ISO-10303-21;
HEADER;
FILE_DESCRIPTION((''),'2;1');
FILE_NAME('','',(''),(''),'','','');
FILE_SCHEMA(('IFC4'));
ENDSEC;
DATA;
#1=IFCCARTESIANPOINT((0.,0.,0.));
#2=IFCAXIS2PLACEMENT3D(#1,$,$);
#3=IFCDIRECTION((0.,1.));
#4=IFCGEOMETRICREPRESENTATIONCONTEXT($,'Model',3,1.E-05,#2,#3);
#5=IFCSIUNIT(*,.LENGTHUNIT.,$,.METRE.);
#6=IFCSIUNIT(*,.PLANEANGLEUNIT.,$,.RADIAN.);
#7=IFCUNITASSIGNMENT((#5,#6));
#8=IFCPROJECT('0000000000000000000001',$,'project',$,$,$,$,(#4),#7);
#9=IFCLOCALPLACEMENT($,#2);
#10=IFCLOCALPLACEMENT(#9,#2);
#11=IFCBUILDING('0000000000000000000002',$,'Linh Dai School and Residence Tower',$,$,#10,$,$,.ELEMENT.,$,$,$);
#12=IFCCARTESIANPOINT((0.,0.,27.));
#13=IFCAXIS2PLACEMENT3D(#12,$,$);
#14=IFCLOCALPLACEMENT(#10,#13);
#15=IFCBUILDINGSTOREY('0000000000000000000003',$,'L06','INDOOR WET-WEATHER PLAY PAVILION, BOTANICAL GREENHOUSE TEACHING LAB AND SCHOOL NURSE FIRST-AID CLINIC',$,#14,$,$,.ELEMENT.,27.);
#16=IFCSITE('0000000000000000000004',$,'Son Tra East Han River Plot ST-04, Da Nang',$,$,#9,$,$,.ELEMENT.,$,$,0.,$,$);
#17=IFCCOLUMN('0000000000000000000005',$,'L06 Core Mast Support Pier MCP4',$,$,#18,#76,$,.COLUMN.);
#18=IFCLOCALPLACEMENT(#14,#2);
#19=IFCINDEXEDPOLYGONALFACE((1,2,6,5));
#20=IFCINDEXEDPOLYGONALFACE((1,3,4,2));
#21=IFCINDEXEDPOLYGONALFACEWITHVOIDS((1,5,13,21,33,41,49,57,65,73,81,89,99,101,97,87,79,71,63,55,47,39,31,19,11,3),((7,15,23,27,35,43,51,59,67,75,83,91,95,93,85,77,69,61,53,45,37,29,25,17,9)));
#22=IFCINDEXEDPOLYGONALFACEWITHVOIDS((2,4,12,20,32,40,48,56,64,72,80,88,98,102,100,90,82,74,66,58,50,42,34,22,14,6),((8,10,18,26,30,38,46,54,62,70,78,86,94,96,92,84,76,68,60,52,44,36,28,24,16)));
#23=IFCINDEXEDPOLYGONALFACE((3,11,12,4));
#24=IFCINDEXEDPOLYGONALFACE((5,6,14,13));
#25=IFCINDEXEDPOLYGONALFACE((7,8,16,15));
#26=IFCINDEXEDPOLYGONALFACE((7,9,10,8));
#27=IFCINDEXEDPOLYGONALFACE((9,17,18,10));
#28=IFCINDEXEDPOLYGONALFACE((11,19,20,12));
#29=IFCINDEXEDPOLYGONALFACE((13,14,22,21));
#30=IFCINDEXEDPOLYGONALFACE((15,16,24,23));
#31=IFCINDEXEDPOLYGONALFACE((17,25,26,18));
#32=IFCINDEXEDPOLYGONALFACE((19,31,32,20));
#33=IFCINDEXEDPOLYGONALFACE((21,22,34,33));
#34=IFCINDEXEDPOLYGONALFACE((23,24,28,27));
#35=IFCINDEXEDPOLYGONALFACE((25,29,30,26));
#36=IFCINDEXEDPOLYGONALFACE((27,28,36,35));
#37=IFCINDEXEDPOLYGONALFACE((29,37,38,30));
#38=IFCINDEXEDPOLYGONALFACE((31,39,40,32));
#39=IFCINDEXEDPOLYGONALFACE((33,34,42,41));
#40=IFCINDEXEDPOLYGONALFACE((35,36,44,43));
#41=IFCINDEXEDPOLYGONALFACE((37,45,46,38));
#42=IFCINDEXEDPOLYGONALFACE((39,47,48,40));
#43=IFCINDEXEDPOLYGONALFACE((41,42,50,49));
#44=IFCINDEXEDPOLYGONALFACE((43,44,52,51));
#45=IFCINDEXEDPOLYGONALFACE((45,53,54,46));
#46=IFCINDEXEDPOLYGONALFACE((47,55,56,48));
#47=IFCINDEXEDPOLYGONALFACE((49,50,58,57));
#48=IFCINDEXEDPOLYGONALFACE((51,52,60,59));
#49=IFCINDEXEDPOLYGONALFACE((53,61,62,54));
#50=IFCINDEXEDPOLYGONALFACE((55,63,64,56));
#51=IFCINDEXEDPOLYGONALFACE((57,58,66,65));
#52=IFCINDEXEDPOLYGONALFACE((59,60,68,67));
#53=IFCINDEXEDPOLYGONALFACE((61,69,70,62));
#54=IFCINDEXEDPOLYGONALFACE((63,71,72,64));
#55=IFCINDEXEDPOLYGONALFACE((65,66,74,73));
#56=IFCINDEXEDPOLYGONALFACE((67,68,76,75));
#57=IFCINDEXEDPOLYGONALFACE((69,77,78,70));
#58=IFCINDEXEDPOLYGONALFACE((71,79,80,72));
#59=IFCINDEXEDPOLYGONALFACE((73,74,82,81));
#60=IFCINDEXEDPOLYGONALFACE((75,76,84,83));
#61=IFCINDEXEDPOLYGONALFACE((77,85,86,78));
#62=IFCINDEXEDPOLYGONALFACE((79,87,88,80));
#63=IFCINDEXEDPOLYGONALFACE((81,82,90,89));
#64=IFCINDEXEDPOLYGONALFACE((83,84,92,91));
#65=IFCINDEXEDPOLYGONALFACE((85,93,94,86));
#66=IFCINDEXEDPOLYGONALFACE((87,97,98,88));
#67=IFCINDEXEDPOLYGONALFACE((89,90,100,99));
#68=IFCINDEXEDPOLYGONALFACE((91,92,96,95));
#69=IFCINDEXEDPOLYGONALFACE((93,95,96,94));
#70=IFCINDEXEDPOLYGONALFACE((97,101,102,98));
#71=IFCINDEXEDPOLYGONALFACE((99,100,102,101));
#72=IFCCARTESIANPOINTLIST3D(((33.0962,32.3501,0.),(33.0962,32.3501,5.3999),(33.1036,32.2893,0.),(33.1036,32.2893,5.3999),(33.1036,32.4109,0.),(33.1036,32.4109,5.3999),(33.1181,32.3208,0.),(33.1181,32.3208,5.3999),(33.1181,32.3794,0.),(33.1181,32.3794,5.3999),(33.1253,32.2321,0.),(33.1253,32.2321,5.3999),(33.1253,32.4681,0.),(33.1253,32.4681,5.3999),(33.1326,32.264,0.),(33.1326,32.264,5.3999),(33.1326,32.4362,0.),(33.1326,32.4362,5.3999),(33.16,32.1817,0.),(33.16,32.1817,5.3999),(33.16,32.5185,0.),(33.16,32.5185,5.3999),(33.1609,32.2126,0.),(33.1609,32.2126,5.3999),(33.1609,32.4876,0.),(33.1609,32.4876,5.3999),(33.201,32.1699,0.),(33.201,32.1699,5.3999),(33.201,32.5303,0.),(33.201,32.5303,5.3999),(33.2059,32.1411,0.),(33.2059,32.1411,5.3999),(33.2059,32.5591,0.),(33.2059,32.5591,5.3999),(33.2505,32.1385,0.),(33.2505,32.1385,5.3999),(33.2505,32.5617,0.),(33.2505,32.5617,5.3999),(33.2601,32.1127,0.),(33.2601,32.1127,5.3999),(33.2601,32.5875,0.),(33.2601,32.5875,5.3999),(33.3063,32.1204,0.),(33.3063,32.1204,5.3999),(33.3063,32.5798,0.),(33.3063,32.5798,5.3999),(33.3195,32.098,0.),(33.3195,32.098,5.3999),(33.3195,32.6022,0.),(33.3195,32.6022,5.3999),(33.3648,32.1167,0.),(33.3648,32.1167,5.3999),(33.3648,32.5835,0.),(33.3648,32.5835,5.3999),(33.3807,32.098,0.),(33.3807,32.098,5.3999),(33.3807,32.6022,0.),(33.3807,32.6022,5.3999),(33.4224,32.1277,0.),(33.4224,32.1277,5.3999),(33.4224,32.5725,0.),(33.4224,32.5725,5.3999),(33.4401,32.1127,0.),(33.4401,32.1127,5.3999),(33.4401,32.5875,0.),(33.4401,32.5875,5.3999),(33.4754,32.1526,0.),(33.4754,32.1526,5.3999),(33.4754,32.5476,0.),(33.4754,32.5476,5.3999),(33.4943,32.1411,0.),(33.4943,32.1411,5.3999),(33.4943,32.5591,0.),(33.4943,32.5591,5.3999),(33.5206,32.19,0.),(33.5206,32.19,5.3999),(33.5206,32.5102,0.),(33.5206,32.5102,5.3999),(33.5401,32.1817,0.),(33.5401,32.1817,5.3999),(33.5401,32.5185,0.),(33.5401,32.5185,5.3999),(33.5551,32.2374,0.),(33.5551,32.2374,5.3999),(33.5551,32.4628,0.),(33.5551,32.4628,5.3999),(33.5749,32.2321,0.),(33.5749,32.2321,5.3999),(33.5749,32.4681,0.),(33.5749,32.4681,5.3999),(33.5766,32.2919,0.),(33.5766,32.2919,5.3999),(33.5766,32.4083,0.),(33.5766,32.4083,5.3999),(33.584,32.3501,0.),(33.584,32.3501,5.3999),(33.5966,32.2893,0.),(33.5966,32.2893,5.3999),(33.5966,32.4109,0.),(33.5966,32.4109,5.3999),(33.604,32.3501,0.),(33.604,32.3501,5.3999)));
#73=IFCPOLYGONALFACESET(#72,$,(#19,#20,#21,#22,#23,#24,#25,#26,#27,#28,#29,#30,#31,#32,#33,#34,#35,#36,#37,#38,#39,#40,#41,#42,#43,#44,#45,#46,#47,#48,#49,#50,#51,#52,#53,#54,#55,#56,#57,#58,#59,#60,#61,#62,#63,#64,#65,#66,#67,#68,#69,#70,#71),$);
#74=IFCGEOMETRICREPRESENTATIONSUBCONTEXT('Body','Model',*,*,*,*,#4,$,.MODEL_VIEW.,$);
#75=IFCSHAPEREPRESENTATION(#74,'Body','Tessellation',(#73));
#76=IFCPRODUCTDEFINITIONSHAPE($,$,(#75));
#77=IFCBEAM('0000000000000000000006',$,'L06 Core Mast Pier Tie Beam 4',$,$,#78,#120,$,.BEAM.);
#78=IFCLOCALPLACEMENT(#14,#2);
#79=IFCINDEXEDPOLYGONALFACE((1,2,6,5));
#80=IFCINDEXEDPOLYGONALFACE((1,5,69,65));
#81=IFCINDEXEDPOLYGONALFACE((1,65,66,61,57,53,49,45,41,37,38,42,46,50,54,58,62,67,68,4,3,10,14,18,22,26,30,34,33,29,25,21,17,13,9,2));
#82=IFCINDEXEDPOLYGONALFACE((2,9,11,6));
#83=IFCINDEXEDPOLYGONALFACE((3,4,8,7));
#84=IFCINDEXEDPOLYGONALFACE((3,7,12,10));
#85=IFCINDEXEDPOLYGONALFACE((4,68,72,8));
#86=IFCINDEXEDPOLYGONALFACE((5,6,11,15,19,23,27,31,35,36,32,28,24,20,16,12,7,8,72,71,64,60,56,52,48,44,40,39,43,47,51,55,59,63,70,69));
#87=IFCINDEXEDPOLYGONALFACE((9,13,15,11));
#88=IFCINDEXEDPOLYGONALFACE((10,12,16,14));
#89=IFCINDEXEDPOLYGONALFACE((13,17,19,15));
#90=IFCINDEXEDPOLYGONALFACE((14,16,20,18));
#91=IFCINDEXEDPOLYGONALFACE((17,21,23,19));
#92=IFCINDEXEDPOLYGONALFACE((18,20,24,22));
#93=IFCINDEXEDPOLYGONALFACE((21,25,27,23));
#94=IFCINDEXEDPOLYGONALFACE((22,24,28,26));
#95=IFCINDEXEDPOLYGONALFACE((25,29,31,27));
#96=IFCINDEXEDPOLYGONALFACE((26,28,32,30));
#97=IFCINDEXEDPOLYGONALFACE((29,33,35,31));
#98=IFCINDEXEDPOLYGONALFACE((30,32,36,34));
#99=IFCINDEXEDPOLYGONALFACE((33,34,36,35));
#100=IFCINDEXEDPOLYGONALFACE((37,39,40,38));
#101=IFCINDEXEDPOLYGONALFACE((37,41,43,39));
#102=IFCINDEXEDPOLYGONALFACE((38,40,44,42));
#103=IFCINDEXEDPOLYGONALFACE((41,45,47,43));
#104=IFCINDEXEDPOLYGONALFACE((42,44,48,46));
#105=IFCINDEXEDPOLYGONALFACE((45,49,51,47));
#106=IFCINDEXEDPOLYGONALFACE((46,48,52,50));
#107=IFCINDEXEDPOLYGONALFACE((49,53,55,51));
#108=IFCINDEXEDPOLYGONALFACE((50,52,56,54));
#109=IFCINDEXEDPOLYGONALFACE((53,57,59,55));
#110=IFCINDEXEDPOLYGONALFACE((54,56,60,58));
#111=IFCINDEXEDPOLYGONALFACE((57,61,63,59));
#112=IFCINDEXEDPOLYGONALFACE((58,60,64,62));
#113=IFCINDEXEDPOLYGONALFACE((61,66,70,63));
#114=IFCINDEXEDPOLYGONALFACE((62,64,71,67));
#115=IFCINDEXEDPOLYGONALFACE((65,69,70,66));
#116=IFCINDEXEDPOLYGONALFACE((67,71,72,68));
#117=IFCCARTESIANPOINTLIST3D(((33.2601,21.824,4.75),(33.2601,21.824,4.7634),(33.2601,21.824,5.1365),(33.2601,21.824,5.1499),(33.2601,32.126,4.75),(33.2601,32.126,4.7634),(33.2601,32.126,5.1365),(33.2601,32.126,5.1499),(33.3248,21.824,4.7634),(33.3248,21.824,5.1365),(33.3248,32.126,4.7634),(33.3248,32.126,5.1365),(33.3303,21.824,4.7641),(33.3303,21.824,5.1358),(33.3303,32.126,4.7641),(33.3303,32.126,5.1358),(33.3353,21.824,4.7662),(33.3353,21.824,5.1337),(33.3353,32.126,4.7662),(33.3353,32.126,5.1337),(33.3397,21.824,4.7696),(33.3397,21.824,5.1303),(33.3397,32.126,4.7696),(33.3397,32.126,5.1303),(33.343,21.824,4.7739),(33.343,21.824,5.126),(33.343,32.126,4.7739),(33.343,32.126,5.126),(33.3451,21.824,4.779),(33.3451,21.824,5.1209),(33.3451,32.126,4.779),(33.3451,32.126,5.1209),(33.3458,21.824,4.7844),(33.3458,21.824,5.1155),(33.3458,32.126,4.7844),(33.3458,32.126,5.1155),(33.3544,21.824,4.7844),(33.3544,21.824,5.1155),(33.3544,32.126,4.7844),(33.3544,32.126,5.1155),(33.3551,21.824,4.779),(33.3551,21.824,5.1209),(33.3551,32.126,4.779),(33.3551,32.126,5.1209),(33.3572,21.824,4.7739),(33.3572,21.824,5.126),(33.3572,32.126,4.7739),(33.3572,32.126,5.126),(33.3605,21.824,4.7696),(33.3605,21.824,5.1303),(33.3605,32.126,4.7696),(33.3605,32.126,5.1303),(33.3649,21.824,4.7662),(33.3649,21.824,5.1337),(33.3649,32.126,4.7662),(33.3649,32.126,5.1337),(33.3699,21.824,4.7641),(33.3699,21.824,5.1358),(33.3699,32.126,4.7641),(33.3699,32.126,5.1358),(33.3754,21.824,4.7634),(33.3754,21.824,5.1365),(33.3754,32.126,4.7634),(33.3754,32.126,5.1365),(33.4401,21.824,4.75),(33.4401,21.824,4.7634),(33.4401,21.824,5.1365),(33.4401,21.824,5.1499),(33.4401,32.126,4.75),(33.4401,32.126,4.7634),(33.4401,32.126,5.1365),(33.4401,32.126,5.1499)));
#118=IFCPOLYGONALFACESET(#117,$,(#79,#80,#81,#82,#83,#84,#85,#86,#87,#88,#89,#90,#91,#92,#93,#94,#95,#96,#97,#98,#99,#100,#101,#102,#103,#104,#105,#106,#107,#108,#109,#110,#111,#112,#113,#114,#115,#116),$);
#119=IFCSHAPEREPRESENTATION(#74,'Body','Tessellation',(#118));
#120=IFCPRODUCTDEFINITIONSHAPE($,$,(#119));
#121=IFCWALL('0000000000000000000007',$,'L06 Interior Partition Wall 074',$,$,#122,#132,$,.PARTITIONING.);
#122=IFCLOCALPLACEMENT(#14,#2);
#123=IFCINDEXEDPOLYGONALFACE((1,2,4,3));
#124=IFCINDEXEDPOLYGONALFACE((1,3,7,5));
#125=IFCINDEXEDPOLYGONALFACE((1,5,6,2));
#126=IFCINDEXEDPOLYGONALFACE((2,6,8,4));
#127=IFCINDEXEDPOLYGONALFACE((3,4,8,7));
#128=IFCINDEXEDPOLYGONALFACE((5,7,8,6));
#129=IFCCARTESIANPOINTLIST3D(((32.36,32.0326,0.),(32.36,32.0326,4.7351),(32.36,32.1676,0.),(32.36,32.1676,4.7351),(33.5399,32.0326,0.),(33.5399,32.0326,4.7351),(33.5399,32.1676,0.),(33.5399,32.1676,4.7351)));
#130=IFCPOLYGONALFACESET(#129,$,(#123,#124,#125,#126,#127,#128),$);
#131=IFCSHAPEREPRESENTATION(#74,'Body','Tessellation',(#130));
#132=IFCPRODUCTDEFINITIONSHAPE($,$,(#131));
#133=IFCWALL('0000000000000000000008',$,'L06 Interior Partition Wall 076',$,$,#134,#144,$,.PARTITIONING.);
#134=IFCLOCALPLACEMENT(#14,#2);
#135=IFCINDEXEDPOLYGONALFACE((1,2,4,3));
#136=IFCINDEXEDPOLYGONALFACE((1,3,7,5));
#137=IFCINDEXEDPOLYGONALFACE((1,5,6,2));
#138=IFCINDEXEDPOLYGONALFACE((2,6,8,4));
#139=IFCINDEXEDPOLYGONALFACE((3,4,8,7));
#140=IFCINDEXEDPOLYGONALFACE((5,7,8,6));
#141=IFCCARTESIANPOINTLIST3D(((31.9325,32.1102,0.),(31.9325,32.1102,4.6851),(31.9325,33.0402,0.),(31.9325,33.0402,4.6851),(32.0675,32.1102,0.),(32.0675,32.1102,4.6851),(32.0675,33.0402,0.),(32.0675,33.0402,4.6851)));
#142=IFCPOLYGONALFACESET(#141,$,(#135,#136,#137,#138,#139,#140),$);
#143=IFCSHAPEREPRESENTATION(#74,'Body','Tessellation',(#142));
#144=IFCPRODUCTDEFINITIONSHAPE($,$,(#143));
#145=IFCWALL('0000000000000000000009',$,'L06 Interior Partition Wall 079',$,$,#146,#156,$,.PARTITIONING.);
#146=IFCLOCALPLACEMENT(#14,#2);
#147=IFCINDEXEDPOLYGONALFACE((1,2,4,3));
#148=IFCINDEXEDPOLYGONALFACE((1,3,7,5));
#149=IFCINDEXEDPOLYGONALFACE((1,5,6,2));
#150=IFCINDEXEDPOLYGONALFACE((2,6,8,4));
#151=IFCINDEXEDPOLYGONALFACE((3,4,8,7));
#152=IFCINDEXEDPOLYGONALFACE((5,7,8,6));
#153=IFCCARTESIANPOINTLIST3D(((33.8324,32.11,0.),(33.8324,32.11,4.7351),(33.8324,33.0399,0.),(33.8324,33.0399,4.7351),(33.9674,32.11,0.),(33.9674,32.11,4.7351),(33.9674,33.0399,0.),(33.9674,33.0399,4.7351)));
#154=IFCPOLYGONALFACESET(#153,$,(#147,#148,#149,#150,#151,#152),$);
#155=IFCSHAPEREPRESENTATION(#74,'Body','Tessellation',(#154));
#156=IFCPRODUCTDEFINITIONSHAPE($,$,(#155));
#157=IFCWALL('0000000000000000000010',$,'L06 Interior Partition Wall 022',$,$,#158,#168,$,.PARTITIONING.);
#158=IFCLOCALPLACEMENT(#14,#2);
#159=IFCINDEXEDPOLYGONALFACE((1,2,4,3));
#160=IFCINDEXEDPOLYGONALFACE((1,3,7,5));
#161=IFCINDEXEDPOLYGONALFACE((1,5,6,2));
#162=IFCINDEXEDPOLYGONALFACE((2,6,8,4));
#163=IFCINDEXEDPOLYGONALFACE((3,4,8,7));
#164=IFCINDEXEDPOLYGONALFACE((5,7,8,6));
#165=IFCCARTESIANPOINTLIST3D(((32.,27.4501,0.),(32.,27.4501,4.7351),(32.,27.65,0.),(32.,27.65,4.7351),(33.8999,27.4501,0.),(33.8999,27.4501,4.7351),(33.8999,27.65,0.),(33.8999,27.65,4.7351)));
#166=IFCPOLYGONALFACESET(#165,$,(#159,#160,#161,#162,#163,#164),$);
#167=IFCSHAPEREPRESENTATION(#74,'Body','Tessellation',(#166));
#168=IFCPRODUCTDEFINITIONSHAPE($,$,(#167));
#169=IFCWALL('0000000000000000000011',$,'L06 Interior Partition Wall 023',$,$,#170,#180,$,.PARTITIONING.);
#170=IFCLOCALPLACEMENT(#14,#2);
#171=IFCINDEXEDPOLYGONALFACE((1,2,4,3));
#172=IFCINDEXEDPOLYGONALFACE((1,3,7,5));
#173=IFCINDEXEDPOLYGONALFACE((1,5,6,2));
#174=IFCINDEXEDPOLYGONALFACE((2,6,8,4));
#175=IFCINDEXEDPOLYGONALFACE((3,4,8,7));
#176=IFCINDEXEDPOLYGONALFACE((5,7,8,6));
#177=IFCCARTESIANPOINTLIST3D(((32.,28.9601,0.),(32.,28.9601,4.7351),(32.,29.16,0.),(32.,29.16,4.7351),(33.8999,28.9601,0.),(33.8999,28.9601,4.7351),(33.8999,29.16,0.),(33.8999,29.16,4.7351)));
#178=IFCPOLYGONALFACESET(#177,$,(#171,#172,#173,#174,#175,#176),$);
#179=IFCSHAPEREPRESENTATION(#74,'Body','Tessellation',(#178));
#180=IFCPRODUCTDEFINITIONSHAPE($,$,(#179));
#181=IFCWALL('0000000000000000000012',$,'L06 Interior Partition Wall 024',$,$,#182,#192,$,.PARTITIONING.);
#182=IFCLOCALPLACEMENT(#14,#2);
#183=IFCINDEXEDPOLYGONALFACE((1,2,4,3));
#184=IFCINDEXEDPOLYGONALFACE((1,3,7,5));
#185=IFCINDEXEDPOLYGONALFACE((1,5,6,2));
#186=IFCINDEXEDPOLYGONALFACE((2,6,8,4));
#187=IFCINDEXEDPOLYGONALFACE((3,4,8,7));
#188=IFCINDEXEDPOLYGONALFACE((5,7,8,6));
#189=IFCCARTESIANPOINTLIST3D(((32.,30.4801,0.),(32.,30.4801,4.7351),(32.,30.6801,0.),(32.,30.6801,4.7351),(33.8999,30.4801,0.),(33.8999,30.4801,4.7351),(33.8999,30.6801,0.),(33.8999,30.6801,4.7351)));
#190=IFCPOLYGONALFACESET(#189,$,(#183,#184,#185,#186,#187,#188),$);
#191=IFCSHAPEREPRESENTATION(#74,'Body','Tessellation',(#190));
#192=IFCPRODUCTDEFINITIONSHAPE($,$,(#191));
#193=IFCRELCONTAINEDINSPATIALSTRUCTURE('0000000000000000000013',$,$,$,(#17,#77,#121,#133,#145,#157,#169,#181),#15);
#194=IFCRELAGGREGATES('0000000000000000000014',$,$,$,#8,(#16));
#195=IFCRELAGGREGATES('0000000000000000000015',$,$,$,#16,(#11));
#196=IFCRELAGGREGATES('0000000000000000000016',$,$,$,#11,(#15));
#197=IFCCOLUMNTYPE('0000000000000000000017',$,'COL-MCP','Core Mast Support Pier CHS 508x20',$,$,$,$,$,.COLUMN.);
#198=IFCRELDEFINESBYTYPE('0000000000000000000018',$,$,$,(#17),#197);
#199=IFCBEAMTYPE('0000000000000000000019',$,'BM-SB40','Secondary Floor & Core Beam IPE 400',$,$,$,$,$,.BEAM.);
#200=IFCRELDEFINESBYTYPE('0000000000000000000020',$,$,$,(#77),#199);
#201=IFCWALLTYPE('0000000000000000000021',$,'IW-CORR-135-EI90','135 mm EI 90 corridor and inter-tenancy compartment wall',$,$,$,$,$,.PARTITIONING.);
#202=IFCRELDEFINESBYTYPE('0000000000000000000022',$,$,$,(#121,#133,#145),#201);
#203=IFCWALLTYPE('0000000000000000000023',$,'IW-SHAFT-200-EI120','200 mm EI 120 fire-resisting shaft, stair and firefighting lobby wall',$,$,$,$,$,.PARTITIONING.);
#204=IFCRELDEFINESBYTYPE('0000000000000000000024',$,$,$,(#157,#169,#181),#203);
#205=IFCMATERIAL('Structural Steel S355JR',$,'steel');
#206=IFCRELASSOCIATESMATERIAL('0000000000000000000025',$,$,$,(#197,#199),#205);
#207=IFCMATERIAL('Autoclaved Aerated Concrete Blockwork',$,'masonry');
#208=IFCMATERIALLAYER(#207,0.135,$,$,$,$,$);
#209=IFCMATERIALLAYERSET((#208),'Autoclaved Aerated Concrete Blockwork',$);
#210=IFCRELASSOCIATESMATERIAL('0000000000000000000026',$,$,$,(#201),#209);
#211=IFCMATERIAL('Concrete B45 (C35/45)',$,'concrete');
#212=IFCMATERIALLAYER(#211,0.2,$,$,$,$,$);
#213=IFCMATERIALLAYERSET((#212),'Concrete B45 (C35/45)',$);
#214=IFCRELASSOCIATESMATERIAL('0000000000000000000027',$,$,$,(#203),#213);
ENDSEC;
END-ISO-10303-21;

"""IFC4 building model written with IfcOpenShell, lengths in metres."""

from ifc_helpers import new_model, si_unit, direction, frame, frame_2d, origin, origin_2d, place, context, subcontext, project, spatial, rectangle, hollow_circle, i_section, extrude, material, layer, layer_set, material_profile, profile_set, type_object, element, save


model = new_model("IFC4")

# Units and contexts
model_context = context("Model", 3, precision=1e-05, world=origin(), true_north=direction((0.0, 1.0)))
body_context = subcontext(model_context, "Body", "Model", "MODEL_VIEW")
ifc_project = project(units=[si_unit("LENGTHUNIT", "METRE"), si_unit("PLANEANGLEUNIT", "RADIAN")], contexts=[model_context])

# Site, building, storey
site_placement = place(None, origin())
site = spatial("IfcSite", under=ifc_project, at=site_placement, Name="Son Tra East Han River Plot ST-04, Da Nang", CompositionType="ELEMENT", RefElevation=0.0)
building_placement = place(site_placement, origin())
building = spatial("IfcBuilding", under=site, at=building_placement, Name="Linh Dai School and Residence Tower", CompositionType="ELEMENT")
storey_placement = place(building_placement, frame((0.0, 0.0, 27.0)))
storey = spatial("IfcBuildingStorey", under=building, at=storey_placement, Name="L06", Description="INDOOR WET-WEATHER PLAY PAVILION, BOTANICAL GREENHOUSE TEACHING LAB AND SCHOOL NURSE FIRST-AID CLINIC", CompositionType="ELEMENT", Elevation=27.0)

# Column
ifc_material_1 = material(Name="Structural Steel S355JR", Category="steel")
ifc_material_profile_1 = material_profile(ifc_material_1, hollow_circle(Radius=0.2539, WallThickness=0.02, at=origin_2d()), Name="CHS 508x20")
ifc_profile_set_1 = profile_set([ifc_material_profile_1], Name="Structural Steel S355JR")
column_type = type_object("IfcColumnType", Name="COL-MCP", Description="Core Mast Support Pier CHS 508x20", PredefinedType="COLUMN", material=ifc_profile_set_1)
column_placement = place(storey_placement, frame((33.3501, 32.3501, 0.0), z_axis=(0.0, 0.0, 1.0), x_axis=(1.0, 0.0, 0.0)))
element("IfcColumn", 1, at=column_placement, inside=storey, type_object=column_type, Name="L06 Core Mast Support Pier MCP4", PredefinedType="COLUMN", context=body_context, shape_type="SweptSolid", body=[
    extrude(hollow_circle(Radius=0.2539, WallThickness=0.02, at=origin_2d()), origin(), (0.0, 0.0, 1.0), 5.3999),
])

# Beam
ifc_material_profile_2 = material_profile(ifc_material_1, i_section(OverallWidth=0.1799, OverallDepth=0.3999, WebThickness=0.0085, FlangeThickness=0.0134, FilletRadius=0.021, at=origin_2d()), Name="IPE 400")
ifc_profile_set_2 = profile_set([ifc_material_profile_2], Name="Structural Steel S355JR")
beam_type = type_object("IfcBeamType", Name="BM-SB40", Description="Secondary Floor & Core Beam IPE 400", PredefinedType="BEAM", material=ifc_profile_set_2)
beam_placement = place(storey_placement, frame((33.3501, 32.126, 4.95), z_axis=(0.0, -1.0, 0.0), x_axis=(1.0, 0.0, 0.0)))
element("IfcBeam", 2, at=beam_placement, inside=storey, type_object=beam_type, Name="L06 Core Mast Pier Tie Beam 4", PredefinedType="BEAM", context=body_context, shape_type="SweptSolid", body=[
    extrude(i_section(OverallWidth=0.1799, OverallDepth=0.3999, WebThickness=0.0085, FlangeThickness=0.0134, FilletRadius=0.021, at=origin_2d()), origin(), (0.0, 0.0, 1.0), 10.302),
])

# Walls
ifc_material_2 = material(Name="Autoclaved Aerated Concrete Blockwork", Category="masonry")
ifc_layer_1 = layer(ifc_material_2, 0.135)
ifc_layer_set_1 = layer_set([ifc_layer_1], Name="Autoclaved Aerated Concrete Blockwork")
wall_type_1 = type_object("IfcWallType", Name="IW-CORR-135-EI90", Description="135 mm EI 90 corridor and inter-tenancy compartment wall", PredefinedType="PARTITIONING", material=ifc_layer_set_1)
wall_1_placement = place(storey_placement, frame((32.3601, 32.1001, 0.0), z_axis=(0.0, 0.0, 1.0), x_axis=(1.0, 0.0, 0.0)))
element("IfcWall", 3, at=wall_1_placement, inside=storey, type_object=wall_type_1, Name="L06 Interior Partition Wall 074", PredefinedType="PARTITIONING", context=body_context, shape_type="SweptSolid", body=[
    extrude(rectangle(XDim=1.1799, YDim=0.135, at=frame_2d((0.5898, 0.0))), origin(), (0.0, 0.0, 1.0), 4.7351),
])
wall_2_placement = place(storey_placement, frame((32.0, 33.04, 0.0), z_axis=(0.0, 0.0, 1.0), x_axis=(0.0, -1.0, 0.0)))
element("IfcWall", 4, at=wall_2_placement, inside=storey, type_object=wall_type_1, Name="L06 Interior Partition Wall 076", PredefinedType="PARTITIONING", context=body_context, shape_type="SweptSolid", body=[
    extrude(rectangle(XDim=0.9299, YDim=0.135, at=frame_2d((0.4648, 0.0))), origin(), (0.0, 0.0, 1.0), 4.6851),
])
wall_3_placement = place(storey_placement, frame((33.8999, 32.1101, 0.0), z_axis=(0.0, 0.0, 1.0), x_axis=(0.0, 1.0, 0.0)))
element("IfcWall", 5, at=wall_3_placement, inside=storey, type_object=wall_type_1, Name="L06 Interior Partition Wall 079", PredefinedType="PARTITIONING", context=body_context, shape_type="SweptSolid", body=[
    extrude(rectangle(XDim=0.9299, YDim=0.135, at=frame_2d((0.4648, 0.0))), origin(), (0.0, 0.0, 1.0), 4.7351),
])
ifc_material_3 = material(Name="Concrete B45 (C35/45)", Category="concrete")
ifc_layer_2 = layer(ifc_material_3, 0.2)
ifc_layer_set_2 = layer_set([ifc_layer_2], Name="Concrete B45 (C35/45)")
wall_type_2 = type_object("IfcWallType", Name="IW-SHAFT-200-EI120", Description="200 mm EI 120 fire-resisting shaft, stair and firefighting lobby wall", PredefinedType="PARTITIONING", material=ifc_layer_set_2)
for number, where, z_axis, x_axis, name in (
    (6, (32.0, 27.55, 0.0), (0.0, 0.0, 1.0), (1.0, 0.0, 0.0), "L06 Interior Partition Wall 022"),
    (7, (32.0, 29.0601, 0.0), (0.0, 0.0, 1.0), (1.0, 0.0, 0.0), "L06 Interior Partition Wall 023"),
    (8, (32.0, 30.5801, 0.0), (0.0, 0.0, 1.0), (1.0, 0.0, 0.0), "L06 Interior Partition Wall 024"),
):
    element("IfcWall", number, at=place(storey_placement, frame(where, z_axis=z_axis, x_axis=x_axis)), inside=storey, type_object=wall_type_2, Name=name, PredefinedType="PARTITIONING", context=body_context, shape_type="SweptSolid", body=[
        extrude(rectangle(XDim=1.8999, YDim=0.2, at=frame_2d((0.95, 0.0))), origin(), (0.0, 0.0, 1.0), 4.7351),
    ])

save(model, "model.ifc")
